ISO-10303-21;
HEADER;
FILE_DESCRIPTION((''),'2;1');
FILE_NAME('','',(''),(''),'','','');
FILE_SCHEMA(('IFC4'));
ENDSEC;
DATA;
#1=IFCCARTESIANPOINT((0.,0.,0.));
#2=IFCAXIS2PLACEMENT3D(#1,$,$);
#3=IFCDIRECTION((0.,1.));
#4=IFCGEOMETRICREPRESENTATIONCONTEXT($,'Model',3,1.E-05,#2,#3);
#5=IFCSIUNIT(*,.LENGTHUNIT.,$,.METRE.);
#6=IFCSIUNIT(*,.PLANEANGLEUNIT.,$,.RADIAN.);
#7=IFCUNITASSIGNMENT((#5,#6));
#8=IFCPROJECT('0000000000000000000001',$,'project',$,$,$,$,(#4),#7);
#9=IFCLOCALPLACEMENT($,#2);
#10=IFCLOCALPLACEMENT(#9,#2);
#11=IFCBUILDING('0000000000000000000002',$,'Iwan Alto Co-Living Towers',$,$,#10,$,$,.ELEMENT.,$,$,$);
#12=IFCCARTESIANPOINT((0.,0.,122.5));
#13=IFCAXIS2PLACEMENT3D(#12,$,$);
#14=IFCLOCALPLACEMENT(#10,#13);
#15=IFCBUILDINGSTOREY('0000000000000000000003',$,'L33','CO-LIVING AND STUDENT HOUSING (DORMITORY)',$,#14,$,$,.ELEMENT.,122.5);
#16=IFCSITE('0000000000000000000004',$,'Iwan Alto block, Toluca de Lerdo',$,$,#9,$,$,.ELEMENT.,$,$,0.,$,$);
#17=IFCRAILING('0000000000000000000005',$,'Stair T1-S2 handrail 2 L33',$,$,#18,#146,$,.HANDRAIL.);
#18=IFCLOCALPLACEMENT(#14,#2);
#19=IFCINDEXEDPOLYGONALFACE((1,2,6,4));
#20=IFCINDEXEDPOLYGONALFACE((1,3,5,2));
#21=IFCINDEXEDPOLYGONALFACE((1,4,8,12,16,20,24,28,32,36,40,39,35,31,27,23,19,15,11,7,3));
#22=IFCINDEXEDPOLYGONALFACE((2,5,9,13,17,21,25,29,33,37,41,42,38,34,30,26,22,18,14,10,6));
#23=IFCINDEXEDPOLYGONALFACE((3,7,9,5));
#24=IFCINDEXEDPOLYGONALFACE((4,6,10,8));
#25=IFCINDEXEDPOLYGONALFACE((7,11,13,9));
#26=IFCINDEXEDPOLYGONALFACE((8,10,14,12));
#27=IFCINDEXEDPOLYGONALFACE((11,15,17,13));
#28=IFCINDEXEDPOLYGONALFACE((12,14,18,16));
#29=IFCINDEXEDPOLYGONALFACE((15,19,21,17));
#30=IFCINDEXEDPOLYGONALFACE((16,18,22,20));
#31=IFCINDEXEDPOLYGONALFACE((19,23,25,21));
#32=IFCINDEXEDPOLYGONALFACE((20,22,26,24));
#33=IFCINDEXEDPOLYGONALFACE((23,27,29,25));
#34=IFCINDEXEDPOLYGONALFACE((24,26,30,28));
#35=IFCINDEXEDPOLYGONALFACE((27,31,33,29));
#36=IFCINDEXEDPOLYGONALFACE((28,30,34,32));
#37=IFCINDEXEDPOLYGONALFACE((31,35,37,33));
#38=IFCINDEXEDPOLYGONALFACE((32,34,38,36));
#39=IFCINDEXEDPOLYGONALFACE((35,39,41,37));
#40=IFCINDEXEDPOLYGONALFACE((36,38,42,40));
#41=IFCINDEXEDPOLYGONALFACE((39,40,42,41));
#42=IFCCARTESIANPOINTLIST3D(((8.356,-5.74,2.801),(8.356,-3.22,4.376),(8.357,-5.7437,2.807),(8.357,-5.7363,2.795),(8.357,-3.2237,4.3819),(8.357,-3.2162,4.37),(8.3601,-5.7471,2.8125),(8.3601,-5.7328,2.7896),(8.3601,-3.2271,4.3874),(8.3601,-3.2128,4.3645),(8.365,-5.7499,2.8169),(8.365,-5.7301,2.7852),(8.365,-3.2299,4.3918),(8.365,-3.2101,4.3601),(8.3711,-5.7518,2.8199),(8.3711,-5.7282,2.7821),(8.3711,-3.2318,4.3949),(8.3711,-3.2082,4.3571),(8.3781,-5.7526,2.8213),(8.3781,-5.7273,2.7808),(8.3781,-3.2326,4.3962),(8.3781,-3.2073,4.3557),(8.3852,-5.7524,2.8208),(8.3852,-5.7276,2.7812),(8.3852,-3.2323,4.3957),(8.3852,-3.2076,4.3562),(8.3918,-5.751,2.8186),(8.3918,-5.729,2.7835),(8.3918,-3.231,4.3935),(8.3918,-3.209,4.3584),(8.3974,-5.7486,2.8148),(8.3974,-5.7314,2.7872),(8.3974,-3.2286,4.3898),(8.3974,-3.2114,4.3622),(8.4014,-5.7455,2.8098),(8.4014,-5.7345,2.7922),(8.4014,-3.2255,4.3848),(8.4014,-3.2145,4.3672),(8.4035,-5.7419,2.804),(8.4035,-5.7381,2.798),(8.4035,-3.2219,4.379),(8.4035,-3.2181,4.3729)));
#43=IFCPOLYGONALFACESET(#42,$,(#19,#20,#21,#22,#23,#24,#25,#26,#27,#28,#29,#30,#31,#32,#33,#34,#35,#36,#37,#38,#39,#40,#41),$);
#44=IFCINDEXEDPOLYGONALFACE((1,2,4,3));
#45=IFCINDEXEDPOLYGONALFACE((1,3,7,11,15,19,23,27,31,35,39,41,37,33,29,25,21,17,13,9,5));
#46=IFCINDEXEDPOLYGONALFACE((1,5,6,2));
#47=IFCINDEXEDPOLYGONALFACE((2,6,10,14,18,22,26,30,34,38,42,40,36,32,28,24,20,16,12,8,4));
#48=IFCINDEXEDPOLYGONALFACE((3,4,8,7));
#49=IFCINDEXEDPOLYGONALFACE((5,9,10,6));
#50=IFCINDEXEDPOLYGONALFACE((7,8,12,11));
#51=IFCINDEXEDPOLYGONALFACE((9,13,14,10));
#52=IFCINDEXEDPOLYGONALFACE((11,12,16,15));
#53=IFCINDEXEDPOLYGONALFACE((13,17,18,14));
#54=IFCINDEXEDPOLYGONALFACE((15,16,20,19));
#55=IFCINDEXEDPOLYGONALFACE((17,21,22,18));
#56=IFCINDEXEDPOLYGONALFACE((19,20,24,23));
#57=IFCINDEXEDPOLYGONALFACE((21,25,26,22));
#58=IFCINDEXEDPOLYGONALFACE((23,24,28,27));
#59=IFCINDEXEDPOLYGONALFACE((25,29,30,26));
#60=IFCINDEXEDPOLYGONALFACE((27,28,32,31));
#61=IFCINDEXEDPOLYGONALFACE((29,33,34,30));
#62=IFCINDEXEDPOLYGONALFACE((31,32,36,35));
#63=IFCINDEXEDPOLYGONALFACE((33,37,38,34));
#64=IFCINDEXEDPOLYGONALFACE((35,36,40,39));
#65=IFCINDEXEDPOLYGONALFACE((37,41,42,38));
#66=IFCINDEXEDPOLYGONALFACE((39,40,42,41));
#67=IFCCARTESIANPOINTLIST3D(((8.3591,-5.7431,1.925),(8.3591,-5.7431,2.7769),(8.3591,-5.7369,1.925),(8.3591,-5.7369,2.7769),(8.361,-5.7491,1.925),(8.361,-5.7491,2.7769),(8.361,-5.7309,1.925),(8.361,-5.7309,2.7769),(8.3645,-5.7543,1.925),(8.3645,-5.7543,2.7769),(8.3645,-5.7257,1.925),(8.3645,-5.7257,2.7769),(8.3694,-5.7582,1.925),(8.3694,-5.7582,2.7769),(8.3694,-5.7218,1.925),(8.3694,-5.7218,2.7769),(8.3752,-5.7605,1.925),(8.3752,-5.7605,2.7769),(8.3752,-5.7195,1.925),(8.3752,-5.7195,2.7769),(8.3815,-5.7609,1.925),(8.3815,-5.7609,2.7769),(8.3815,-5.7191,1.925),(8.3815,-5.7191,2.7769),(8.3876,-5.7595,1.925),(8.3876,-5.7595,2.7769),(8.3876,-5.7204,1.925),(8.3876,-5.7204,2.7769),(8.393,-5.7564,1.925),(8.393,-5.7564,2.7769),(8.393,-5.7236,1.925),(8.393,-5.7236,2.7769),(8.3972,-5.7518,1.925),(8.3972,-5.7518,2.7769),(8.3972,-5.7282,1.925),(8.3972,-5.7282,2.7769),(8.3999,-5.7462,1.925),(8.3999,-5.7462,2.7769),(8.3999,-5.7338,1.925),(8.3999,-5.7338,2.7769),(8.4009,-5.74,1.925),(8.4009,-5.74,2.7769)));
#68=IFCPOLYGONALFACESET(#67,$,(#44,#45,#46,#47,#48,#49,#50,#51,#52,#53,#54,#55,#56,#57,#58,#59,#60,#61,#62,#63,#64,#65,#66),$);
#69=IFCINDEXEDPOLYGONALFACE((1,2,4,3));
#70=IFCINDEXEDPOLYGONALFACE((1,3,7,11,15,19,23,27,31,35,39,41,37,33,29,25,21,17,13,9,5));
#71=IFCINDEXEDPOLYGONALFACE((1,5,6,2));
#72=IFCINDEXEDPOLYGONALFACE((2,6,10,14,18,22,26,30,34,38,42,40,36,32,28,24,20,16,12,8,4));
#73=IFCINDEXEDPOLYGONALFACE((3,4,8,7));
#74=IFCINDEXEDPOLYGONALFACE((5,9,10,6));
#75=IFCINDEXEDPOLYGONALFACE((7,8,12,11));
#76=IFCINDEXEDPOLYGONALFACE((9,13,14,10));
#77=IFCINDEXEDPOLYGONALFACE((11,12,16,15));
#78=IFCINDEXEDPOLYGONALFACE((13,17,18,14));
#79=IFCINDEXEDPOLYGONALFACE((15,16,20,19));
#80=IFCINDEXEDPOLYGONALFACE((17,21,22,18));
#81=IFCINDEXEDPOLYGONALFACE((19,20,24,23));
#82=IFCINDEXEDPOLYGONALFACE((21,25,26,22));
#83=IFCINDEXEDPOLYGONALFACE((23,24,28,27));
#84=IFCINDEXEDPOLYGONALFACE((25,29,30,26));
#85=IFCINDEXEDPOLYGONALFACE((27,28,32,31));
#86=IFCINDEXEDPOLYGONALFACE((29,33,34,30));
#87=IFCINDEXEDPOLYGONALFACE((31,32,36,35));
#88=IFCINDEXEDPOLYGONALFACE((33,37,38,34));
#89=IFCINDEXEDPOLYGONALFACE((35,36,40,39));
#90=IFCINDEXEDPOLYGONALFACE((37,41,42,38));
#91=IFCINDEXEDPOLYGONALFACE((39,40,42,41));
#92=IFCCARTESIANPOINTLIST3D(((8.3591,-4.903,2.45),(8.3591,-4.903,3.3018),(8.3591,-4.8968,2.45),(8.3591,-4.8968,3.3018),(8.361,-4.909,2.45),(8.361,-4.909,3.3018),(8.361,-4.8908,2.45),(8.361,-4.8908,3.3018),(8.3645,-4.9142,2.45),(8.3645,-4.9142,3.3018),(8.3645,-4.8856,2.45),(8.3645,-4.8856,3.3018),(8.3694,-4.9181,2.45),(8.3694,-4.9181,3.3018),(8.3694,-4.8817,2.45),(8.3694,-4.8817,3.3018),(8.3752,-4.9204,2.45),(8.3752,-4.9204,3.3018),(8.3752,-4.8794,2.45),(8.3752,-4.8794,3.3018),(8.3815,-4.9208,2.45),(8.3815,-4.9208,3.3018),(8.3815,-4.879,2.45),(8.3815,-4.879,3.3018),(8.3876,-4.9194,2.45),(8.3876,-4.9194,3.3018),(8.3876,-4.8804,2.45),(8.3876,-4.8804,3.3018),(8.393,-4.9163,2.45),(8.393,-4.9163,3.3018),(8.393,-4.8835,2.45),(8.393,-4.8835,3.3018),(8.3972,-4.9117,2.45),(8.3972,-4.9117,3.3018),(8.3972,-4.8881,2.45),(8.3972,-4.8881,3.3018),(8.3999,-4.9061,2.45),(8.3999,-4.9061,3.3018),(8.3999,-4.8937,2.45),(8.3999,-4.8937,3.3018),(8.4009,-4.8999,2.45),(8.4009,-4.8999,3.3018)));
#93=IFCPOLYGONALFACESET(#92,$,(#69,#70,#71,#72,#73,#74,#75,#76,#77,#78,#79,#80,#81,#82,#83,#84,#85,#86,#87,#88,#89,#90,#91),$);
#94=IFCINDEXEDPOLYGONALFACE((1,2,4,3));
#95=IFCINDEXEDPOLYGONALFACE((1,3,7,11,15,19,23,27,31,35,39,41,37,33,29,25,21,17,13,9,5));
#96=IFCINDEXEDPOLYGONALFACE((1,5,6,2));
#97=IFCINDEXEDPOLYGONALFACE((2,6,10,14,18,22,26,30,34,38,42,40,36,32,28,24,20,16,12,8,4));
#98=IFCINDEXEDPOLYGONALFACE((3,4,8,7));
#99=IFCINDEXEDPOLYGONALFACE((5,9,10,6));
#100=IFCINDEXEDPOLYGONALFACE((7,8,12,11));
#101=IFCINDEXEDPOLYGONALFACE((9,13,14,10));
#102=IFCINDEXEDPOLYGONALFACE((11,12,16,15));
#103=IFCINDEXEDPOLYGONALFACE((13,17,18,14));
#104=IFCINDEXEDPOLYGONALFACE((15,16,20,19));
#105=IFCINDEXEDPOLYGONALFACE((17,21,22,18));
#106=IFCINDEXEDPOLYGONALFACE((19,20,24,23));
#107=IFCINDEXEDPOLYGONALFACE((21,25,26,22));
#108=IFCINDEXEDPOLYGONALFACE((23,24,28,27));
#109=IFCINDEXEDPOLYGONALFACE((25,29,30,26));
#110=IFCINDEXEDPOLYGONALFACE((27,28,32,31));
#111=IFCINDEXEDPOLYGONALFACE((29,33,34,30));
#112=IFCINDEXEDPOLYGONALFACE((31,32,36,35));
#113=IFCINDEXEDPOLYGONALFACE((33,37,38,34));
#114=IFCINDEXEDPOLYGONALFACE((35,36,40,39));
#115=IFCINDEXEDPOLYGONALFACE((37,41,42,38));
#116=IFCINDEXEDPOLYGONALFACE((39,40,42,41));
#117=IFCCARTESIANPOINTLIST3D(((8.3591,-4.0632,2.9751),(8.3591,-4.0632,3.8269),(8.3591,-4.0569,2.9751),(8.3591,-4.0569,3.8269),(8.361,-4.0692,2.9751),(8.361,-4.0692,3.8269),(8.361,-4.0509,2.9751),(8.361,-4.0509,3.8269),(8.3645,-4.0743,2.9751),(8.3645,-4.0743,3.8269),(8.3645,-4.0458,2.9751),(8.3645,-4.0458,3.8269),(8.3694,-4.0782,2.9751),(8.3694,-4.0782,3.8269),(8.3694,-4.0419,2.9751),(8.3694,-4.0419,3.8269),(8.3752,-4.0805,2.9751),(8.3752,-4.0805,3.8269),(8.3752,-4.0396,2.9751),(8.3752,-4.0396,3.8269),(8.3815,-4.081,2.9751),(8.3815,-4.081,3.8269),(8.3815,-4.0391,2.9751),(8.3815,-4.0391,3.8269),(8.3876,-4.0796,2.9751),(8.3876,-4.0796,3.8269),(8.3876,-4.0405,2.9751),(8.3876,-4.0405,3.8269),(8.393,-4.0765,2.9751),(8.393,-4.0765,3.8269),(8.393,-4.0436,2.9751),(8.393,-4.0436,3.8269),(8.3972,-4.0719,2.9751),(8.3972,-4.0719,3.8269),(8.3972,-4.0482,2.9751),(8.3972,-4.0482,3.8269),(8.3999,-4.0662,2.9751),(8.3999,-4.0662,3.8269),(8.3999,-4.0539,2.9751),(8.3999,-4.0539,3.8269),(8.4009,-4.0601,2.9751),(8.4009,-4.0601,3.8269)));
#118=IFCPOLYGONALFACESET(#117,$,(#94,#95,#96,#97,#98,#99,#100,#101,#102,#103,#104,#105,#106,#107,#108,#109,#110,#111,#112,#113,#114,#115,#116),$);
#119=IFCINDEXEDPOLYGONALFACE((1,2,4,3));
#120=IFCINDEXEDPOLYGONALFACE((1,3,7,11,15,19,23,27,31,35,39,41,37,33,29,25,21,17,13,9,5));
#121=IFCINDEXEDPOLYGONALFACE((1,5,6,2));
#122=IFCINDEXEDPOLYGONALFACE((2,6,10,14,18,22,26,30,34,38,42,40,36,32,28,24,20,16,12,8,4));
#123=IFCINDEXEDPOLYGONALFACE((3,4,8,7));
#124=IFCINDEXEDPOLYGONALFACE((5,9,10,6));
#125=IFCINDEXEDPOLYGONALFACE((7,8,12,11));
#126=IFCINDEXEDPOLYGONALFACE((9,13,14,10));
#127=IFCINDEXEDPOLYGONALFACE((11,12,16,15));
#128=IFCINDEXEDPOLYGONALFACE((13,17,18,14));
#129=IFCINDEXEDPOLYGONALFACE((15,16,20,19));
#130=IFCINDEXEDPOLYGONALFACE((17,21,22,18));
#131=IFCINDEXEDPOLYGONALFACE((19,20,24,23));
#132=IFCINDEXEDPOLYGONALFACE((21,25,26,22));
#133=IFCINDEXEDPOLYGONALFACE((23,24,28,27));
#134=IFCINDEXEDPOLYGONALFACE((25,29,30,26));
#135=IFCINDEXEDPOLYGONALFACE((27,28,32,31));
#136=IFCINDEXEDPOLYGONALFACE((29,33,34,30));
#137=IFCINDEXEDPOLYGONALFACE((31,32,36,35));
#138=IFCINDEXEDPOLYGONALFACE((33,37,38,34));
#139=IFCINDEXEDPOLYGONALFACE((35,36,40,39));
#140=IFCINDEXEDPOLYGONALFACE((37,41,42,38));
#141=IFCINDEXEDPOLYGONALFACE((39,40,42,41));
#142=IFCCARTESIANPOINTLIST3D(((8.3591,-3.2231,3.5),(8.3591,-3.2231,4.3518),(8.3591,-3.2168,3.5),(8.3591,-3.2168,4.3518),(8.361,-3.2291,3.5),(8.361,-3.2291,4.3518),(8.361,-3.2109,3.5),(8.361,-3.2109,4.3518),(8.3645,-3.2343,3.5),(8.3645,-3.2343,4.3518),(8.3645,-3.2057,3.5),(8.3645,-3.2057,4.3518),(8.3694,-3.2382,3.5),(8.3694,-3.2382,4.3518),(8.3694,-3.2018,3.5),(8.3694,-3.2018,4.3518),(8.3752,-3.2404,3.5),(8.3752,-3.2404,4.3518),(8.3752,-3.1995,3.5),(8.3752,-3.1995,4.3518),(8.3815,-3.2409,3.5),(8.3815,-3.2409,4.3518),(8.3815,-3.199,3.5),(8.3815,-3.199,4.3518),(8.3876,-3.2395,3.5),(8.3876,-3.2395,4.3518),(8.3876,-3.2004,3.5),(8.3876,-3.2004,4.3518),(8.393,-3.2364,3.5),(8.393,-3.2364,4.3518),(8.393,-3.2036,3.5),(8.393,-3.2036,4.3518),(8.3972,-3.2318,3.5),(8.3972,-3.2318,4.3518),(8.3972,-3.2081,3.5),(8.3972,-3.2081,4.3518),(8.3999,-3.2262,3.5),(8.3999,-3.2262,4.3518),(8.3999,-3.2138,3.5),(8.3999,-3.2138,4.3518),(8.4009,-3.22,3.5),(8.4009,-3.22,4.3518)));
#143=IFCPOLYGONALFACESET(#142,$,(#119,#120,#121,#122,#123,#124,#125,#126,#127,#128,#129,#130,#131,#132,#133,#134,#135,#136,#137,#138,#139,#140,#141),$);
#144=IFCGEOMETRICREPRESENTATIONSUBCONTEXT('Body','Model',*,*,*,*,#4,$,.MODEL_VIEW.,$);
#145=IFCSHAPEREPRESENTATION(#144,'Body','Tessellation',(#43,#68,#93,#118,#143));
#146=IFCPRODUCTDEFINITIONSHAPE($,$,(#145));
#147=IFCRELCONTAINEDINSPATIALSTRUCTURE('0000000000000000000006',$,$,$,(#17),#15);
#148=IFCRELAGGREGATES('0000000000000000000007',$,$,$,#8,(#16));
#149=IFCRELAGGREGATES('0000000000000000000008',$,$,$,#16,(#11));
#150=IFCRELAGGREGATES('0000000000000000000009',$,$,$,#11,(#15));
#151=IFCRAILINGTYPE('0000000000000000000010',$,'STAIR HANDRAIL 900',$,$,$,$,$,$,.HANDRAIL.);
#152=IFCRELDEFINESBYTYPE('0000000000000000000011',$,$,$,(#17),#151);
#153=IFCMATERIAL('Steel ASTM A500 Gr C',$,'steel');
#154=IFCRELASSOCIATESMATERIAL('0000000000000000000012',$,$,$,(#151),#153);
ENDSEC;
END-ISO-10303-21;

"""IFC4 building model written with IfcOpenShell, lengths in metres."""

from ifc_helpers import new_model, si_unit, direction, frame, origin, origin_2d, place, context, subcontext, project, spatial, circle, extrude, material, type_object, element, save


model = new_model("IFC4")

# Units and contexts
model_context = context("Model", 3, precision=1e-05, world=origin(), true_north=direction((0.0, 1.0)))
body_context = subcontext(model_context, "Body", "Model", "MODEL_VIEW")
ifc_project = project(units=[si_unit("LENGTHUNIT", "METRE"), si_unit("PLANEANGLEUNIT", "RADIAN")], contexts=[model_context])

# Site, building, storey
site_placement = place(None, origin())
site = spatial("IfcSite", under=ifc_project, at=site_placement, Name="Iwan Alto block, Toluca de Lerdo", CompositionType="ELEMENT", RefElevation=0.0)
building_placement = place(site_placement, origin())
building = spatial("IfcBuilding", under=site, at=building_placement, Name="Iwan Alto Co-Living Towers", CompositionType="ELEMENT")
storey_placement = place(building_placement, frame((0.0, 0.0, 122.5)))
storey = spatial("IfcBuildingStorey", under=building, at=storey_placement, Name="L33", Description="CO-LIVING AND STUDENT HOUSING (DORMITORY)", CompositionType="ELEMENT", Elevation=122.5)

# Railing
ifc_material_1 = material(Name="Steel ASTM A500 Gr C", Category="steel")
railing_type_1 = type_object("IfcRailingType", Name="STAIR HANDRAIL 900", PredefinedType="HANDRAIL", material=ifc_material_1)
railing_1_placement = place(storey_placement, frame((8.3799, -5.74, 1.925)))
element("IfcRailing", 1, at=railing_1_placement, inside=storey, type_object=railing_type_1, Name="Stair T1-S2 handrail 2 L33", PredefinedType="HANDRAIL", context=body_context, shape_type="SweptSolid", body=[
    extrude(circle(Radius=0.0239, at=origin_2d()), frame((0.0, 0.0, 0.876), z_axis=(0.0, 0.848008, 0.529984), x_axis=(-1.0, 0.0, 0.0)), (0.0, 0.0, 1.0), 2.9717),
    extrude(circle(Radius=0.021, at=origin_2d()), origin(), (0.0, 0.0, 1.0), 0.8518),
    extrude(circle(Radius=0.021, at=origin_2d()), frame((0.0, 0.8401, 0.5249)), (0.0, 0.0, 1.0), 0.8518),
    extrude(circle(Radius=0.021, at=origin_2d()), frame((0.0, 1.6799, 1.05)), (0.0, 0.0, 1.0), 0.8518),
    extrude(circle(Radius=0.021, at=origin_2d()), frame((0.0, 2.52, 1.575)), (0.0, 0.0, 1.0), 0.8518),
])

save(model, "model.ifc")
